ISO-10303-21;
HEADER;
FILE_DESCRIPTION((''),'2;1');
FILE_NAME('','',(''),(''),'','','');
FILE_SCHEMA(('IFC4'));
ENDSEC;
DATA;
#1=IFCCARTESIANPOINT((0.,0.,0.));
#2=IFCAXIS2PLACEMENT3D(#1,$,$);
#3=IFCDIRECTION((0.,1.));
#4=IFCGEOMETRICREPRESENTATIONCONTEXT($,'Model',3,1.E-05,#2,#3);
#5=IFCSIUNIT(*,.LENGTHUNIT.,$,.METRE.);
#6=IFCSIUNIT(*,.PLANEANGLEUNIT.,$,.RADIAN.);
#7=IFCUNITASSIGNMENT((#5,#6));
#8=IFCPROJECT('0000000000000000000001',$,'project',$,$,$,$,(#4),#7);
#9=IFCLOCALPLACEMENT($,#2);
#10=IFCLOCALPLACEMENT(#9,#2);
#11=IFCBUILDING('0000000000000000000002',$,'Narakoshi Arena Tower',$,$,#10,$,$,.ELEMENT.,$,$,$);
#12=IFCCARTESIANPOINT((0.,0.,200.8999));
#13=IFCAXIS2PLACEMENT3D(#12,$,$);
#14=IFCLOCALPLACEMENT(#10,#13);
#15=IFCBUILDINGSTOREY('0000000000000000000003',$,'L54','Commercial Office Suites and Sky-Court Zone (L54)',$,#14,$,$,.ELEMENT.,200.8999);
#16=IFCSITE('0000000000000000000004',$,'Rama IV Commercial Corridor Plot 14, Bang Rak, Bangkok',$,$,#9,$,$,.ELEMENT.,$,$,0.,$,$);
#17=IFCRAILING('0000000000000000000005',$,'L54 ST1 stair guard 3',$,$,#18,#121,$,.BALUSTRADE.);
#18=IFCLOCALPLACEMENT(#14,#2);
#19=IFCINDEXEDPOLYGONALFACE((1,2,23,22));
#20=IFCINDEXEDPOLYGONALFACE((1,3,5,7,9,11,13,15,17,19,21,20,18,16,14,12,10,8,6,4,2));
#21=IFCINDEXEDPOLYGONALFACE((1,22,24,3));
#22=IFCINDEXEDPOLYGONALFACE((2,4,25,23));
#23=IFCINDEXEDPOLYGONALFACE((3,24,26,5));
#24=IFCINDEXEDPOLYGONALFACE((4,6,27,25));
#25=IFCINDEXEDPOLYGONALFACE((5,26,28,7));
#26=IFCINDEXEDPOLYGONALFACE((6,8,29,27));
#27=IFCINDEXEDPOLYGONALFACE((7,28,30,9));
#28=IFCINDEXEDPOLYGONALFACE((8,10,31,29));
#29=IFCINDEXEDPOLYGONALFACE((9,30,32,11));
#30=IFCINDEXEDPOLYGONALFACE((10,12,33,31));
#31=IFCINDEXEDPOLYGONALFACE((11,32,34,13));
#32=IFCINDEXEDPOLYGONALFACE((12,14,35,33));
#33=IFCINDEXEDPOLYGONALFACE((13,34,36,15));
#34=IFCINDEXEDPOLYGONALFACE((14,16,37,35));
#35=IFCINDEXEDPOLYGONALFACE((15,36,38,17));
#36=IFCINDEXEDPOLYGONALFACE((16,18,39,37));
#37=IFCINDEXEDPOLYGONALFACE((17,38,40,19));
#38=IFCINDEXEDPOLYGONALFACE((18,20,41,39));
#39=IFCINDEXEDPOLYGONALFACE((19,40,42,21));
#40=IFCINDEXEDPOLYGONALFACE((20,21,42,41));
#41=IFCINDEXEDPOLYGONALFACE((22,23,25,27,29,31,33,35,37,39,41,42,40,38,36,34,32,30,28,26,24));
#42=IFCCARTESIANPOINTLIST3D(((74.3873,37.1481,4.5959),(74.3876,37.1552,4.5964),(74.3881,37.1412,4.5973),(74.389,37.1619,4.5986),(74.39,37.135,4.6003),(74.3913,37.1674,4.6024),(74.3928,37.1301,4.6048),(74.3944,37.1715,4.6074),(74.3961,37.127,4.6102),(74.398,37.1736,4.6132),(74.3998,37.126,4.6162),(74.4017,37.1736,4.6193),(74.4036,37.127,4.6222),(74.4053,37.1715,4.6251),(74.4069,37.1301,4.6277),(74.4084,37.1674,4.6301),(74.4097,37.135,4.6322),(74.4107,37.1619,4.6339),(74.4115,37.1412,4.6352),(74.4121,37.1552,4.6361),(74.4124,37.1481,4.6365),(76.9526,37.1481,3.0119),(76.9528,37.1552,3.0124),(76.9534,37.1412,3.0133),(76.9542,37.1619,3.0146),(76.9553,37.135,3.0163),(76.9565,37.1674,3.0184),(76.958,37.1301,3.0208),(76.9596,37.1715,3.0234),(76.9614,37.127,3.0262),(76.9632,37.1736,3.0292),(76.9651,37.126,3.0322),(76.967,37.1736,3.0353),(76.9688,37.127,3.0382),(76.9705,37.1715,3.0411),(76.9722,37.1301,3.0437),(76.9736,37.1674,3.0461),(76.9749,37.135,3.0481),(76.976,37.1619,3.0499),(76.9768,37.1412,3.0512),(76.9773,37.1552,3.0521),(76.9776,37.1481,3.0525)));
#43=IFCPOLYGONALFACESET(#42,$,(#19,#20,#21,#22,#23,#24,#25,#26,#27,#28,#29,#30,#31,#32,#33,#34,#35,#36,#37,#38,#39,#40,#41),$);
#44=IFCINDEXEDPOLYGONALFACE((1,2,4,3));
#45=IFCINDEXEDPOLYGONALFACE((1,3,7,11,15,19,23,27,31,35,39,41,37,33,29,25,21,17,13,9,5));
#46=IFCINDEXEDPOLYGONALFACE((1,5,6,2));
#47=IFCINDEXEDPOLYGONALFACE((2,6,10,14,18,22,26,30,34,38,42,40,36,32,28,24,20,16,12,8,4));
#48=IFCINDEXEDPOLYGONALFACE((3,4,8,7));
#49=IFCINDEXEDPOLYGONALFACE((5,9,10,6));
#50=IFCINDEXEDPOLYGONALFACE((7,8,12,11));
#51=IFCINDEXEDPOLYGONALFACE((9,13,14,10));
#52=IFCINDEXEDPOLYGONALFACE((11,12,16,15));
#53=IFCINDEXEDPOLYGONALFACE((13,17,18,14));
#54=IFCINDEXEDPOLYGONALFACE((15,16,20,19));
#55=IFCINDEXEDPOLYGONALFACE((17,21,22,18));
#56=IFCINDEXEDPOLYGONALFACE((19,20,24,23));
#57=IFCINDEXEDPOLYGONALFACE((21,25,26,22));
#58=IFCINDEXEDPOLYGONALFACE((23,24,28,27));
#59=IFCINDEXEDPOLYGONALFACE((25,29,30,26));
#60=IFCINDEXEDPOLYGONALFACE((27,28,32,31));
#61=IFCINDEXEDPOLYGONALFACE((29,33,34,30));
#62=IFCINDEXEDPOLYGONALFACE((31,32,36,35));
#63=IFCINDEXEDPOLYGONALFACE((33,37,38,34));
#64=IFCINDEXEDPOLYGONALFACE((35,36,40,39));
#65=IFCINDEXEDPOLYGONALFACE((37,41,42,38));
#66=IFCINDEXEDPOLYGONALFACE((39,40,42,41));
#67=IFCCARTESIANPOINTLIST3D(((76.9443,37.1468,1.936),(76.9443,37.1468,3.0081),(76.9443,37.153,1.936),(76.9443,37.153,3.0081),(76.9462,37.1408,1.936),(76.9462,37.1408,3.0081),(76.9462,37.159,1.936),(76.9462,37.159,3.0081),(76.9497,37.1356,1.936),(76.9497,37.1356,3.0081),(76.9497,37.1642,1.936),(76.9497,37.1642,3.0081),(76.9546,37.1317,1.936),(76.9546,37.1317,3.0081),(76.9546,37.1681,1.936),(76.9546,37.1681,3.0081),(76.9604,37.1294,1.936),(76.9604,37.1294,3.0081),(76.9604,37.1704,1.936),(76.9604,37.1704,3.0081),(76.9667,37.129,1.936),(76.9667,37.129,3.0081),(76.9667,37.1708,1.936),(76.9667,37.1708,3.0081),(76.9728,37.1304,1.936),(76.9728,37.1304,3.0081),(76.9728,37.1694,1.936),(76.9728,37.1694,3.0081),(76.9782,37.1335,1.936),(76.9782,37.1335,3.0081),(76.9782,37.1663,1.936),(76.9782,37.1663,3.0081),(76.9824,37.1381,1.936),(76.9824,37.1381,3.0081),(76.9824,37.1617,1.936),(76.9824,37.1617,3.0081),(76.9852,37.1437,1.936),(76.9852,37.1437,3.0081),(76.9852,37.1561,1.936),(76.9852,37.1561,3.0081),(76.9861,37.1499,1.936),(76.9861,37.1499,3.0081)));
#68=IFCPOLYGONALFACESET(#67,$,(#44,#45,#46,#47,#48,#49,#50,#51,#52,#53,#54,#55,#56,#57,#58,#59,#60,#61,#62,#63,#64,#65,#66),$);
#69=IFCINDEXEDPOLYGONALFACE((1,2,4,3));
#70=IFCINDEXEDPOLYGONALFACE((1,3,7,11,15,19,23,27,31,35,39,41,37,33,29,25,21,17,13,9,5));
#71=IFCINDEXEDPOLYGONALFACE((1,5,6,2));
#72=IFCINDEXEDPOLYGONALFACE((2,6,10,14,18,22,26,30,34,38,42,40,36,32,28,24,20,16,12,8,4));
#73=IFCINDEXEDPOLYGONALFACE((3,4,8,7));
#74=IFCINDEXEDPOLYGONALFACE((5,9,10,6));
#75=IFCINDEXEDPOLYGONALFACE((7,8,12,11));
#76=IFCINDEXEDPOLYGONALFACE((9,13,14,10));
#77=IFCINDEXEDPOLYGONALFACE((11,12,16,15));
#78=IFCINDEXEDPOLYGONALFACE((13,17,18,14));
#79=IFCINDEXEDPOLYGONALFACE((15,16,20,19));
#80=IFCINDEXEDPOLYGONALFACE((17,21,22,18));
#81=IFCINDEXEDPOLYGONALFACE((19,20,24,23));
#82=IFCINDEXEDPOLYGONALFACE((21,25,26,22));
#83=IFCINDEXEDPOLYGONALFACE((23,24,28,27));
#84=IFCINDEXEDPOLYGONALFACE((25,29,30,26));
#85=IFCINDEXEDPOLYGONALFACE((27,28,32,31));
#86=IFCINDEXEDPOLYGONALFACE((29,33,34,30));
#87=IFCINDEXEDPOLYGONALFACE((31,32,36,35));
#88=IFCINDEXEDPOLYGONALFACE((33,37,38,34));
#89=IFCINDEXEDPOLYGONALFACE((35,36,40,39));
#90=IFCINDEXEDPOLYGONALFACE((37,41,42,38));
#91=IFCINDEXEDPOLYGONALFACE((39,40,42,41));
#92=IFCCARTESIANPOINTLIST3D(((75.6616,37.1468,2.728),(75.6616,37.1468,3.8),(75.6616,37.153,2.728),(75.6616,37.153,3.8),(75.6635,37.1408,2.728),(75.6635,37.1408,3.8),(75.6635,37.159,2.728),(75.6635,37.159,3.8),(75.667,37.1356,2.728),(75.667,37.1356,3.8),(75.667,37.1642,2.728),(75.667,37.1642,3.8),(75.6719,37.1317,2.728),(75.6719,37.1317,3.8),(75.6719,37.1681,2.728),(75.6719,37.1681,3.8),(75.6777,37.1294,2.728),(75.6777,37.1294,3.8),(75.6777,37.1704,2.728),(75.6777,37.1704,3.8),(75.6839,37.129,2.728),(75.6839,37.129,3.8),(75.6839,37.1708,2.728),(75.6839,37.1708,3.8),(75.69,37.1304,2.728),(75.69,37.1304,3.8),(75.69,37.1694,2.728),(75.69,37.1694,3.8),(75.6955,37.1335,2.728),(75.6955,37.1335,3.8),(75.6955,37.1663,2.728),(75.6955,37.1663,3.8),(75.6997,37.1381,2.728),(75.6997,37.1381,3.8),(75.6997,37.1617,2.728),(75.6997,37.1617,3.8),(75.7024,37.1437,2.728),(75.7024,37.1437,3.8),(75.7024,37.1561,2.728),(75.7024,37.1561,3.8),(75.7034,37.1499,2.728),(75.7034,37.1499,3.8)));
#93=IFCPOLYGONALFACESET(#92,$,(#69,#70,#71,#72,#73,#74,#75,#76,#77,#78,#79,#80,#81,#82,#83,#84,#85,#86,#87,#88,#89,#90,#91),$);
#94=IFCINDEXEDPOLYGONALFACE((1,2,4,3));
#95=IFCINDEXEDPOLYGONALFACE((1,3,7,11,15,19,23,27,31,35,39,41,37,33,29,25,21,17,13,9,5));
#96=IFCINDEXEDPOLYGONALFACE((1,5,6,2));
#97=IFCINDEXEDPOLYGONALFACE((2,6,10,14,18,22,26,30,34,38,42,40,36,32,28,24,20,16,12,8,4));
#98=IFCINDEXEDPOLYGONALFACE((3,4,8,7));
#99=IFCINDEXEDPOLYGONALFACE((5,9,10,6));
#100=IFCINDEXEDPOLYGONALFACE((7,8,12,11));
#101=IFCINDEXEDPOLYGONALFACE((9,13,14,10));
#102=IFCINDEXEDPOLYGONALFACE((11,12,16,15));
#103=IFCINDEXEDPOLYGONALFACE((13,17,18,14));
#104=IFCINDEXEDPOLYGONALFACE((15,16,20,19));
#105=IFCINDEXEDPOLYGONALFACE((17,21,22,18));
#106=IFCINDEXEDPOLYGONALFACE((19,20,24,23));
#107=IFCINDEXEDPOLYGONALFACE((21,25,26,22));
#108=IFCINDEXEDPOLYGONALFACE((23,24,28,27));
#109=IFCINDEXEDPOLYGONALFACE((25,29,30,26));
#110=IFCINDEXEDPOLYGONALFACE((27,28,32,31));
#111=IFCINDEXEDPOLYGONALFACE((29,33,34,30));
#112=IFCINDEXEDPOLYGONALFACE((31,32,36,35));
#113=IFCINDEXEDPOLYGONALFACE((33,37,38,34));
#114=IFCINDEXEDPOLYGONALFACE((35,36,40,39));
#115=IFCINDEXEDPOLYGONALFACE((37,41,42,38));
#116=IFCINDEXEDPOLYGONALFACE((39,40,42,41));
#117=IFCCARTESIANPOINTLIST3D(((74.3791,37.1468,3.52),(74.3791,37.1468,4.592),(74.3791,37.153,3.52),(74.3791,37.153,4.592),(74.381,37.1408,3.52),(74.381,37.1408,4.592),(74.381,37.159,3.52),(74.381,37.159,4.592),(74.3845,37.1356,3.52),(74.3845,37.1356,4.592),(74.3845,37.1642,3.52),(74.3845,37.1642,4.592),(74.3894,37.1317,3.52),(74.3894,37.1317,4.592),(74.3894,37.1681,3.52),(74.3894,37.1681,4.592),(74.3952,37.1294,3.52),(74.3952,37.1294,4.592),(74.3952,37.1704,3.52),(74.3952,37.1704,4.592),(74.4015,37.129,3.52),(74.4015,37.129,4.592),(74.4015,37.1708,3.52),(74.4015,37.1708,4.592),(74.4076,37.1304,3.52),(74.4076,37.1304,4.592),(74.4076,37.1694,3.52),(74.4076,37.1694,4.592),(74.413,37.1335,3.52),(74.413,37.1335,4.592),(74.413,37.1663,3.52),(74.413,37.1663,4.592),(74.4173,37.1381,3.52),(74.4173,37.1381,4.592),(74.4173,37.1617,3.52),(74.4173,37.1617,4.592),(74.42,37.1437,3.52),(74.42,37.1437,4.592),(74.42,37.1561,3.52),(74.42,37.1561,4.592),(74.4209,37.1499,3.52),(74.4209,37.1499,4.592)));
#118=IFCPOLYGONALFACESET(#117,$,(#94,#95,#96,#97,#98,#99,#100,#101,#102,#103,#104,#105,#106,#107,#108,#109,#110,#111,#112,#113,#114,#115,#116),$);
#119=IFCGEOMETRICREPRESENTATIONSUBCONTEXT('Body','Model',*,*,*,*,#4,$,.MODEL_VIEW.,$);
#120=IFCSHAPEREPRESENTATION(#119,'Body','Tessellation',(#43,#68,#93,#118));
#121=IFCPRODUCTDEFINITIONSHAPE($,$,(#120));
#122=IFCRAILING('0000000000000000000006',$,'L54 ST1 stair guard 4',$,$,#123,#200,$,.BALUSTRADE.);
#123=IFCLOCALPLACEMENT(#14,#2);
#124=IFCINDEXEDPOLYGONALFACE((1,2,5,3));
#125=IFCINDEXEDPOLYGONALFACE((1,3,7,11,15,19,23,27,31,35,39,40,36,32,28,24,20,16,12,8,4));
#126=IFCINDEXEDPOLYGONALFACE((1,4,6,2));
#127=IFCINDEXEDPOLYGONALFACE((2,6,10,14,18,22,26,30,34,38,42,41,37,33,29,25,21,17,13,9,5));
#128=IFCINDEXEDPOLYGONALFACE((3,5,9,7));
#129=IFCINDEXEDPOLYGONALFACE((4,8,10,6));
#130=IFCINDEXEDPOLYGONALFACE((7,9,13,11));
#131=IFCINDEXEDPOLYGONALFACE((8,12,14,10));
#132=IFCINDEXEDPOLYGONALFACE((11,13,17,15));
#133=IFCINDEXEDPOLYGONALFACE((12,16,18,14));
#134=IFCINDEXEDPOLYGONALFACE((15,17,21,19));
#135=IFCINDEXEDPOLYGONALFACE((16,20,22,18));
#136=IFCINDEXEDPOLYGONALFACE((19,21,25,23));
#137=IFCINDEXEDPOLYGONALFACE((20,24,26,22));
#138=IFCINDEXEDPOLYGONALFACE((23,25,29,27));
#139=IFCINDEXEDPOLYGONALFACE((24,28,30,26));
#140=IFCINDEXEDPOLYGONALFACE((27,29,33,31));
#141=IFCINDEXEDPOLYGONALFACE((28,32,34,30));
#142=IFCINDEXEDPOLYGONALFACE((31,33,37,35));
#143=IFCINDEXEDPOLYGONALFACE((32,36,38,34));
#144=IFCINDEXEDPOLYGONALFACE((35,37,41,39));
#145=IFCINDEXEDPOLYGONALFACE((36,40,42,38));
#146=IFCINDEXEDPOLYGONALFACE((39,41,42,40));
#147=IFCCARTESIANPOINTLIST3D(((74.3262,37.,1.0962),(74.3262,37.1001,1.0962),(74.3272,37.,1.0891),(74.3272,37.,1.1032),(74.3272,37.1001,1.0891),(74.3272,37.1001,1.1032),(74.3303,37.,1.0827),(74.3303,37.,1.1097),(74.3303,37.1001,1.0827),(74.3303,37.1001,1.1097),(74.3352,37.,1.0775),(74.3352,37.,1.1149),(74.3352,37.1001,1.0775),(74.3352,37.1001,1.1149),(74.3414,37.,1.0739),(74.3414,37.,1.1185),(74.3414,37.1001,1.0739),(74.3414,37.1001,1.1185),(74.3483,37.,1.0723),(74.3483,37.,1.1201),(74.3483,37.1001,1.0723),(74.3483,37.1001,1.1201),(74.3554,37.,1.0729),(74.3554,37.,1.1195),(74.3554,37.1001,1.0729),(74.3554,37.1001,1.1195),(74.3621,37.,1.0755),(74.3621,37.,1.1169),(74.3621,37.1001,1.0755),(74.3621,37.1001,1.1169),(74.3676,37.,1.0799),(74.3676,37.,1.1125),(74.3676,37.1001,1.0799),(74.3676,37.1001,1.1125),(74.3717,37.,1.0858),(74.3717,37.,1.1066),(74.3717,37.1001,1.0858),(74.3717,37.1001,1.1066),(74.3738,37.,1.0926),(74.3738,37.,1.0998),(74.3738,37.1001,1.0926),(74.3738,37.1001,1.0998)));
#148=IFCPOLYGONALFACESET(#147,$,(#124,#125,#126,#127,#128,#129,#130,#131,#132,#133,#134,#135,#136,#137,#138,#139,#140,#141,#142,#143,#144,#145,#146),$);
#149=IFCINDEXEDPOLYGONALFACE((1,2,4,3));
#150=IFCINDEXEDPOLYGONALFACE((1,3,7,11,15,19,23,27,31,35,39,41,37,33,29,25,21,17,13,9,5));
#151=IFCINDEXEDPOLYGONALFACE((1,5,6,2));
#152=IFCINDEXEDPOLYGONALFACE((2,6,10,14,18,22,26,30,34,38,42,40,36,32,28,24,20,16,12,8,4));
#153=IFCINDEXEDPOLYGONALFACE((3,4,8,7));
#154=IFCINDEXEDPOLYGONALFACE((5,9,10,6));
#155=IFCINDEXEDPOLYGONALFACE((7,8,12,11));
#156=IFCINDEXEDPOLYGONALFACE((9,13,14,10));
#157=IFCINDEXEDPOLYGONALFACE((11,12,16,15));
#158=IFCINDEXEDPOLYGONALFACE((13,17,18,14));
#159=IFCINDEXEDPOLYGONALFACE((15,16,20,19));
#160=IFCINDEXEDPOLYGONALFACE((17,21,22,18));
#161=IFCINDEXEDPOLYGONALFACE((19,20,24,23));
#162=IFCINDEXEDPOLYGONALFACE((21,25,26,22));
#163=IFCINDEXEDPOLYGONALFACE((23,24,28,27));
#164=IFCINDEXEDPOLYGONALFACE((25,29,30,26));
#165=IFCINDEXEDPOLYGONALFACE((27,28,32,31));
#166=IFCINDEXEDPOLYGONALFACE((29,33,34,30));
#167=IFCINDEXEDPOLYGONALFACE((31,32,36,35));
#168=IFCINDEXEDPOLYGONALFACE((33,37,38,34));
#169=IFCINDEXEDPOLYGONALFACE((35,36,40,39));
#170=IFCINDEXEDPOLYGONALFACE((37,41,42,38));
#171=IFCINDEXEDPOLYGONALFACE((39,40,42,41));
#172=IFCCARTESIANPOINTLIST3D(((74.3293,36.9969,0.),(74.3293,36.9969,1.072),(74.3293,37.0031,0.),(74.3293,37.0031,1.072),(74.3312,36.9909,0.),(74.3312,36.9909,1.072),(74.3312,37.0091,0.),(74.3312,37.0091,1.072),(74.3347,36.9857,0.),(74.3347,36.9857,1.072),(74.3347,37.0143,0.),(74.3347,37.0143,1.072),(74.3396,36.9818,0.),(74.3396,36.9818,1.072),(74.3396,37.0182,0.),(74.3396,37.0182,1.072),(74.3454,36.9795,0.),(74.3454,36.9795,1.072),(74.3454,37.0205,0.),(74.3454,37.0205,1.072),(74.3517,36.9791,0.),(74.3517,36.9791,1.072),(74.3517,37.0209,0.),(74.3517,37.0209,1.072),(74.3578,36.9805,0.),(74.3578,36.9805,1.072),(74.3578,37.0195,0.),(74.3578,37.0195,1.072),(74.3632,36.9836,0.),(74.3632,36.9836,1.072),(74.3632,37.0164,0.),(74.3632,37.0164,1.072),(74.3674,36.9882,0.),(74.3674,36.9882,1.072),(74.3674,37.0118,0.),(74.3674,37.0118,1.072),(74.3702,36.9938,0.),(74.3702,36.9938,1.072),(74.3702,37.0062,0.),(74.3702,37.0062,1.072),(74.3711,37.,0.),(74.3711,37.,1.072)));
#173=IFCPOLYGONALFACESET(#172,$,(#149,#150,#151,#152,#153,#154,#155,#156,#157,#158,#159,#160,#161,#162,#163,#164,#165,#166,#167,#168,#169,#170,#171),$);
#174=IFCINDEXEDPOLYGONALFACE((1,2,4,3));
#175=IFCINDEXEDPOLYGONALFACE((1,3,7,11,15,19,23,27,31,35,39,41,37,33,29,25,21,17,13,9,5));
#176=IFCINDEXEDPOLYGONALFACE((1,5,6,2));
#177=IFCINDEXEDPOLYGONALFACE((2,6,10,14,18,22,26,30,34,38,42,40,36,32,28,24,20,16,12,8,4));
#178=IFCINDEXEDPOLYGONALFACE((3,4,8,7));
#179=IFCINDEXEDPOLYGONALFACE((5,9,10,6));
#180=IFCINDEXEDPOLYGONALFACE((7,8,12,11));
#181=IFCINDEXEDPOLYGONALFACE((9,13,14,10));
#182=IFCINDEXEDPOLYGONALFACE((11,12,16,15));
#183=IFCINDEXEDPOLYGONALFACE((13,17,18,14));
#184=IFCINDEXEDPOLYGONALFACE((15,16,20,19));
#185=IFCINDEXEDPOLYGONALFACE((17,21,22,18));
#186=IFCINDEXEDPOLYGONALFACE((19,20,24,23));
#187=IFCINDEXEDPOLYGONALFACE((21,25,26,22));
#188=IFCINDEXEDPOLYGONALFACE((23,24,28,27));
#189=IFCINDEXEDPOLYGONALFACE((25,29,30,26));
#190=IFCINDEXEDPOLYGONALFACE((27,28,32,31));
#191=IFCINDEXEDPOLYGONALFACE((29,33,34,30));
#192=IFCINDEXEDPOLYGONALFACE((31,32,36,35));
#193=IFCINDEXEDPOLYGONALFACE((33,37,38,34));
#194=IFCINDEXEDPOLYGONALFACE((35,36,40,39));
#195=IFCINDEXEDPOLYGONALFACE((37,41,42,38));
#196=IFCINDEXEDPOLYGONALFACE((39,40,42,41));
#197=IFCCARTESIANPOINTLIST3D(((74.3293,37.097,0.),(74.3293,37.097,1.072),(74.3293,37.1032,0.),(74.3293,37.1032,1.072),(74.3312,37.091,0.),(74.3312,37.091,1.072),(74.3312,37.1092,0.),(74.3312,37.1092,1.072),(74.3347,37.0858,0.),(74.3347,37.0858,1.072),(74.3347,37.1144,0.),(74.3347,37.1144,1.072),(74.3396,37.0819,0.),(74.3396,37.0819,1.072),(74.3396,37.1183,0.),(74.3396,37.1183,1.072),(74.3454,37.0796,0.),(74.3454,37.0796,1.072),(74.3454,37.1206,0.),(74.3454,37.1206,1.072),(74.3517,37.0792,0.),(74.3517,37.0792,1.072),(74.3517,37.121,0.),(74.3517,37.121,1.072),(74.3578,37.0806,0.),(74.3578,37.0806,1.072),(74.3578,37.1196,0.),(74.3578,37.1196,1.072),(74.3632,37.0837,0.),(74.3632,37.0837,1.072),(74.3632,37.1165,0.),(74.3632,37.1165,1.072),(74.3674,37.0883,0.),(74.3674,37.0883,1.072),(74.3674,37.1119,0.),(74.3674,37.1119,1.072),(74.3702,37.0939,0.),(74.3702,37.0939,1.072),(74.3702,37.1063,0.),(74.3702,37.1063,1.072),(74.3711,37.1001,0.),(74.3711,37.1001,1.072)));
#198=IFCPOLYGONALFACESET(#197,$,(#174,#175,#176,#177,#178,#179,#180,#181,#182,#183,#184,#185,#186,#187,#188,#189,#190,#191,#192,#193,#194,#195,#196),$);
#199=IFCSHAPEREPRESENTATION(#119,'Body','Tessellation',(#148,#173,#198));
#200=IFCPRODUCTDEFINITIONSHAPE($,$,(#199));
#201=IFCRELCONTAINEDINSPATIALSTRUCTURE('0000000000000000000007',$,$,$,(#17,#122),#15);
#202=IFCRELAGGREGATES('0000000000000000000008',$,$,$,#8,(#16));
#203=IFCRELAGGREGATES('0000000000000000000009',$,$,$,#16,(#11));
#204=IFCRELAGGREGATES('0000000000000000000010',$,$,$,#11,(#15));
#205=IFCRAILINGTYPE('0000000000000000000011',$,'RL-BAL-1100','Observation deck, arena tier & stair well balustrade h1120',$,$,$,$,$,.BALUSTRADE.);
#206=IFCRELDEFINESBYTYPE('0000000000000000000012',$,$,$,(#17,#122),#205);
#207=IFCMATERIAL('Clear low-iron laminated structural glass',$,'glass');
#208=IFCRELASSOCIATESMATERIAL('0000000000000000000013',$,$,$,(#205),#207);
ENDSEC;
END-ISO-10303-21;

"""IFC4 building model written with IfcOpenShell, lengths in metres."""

from ifc_helpers import new_model, si_unit, direction, frame, origin, origin_2d, place, context, subcontext, project, spatial, circle, extrude, material, type_object, element, save


model = new_model("IFC4")

# Units and contexts
model_context = context("Model", 3, precision=1e-05, world=origin(), true_north=direction((0.0, 1.0)))
body_context = subcontext(model_context, "Body", "Model", "MODEL_VIEW")
ifc_project = project(units=[si_unit("LENGTHUNIT", "METRE"), si_unit("PLANEANGLEUNIT", "RADIAN")], contexts=[model_context])

# Site, building, storey
site_placement = place(None, origin())
site = spatial("IfcSite", under=ifc_project, at=site_placement, Name="Rama IV Commercial Corridor Plot 14, Bang Rak, Bangkok", CompositionType="ELEMENT", RefElevation=0.0)
building_placement = place(site_placement, origin())
building = spatial("IfcBuilding", under=site, at=building_placement, Name="Narakoshi Arena Tower", CompositionType="ELEMENT")
storey_placement = place(building_placement, frame((0.0, 0.0, 200.8999)))
storey = spatial("IfcBuildingStorey", under=building, at=storey_placement, Name="L54", Description="Commercial Office Suites and Sky-Court Zone (L54)", CompositionType="ELEMENT", Elevation=200.8999)

# Railings
ifc_material_1 = material(Name="Clear low-iron laminated structural glass", Category="glass")
railing_type_1 = type_object("IfcRailingType", Name="RL-BAL-1100", Description="Observation deck, arena tier & stair well balustrade h1120", PredefinedType="BALUSTRADE", material=ifc_material_1)
railing_1_placement = place(storey_placement, frame((76.9651, 37.1499, 1.936)))
element("IfcRailing", 1, at=railing_1_placement, inside=storey, type_object=railing_type_1, Name="L54 ST1 stair guard 3", PredefinedType="BALUSTRADE", context=body_context, shape_type="SweptSolid", body=[
    extrude(circle(Radius=0.0239, at=origin_2d()), frame((0.0, 0.0, 1.0962), z_axis=(-0.850857, 0.0, 0.525398), x_axis=(0.0, -1.0, 0.0)), (0.0, 0.0, 1.0), 3.0149),
    extrude(circle(Radius=0.021, at=origin_2d()), origin(), (0.0, 0.0, 1.0), 1.072),
    extrude(circle(Radius=0.021, at=origin_2d()), frame((-1.2827, 0.0, 0.792)), (0.0, 0.0, 1.0), 1.072),
    extrude(circle(Radius=0.021, at=origin_2d()), frame((-2.5652, 0.0, 1.584)), (0.0, 0.0, 1.0), 1.072),
])
railing_2_placement = place(storey_placement, frame((74.3501, 37.0, 0.0)))
element("IfcRailing", 2, at=railing_2_placement, inside=storey, type_object=railing_type_1, Name="L54 ST1 stair guard 4", PredefinedType="BALUSTRADE", context=body_context, shape_type="SweptSolid", body=[
    extrude(circle(Radius=0.0239, at=origin_2d()), frame((0.0, 0.0, 1.0962), z_axis=(0.0, 1.0, 0.0), x_axis=(-1.0, 0.0, 0.0)), (0.0, 0.0, 1.0), 0.1001),
    extrude(circle(Radius=0.021, at=origin_2d()), origin(), (0.0, 0.0, 1.0), 1.072),
    extrude(circle(Radius=0.021, at=origin_2d()), frame((0.0, 0.1001, 0.0)), (0.0, 0.0, 1.0), 1.072),
])

save(model, "model.ifc")
